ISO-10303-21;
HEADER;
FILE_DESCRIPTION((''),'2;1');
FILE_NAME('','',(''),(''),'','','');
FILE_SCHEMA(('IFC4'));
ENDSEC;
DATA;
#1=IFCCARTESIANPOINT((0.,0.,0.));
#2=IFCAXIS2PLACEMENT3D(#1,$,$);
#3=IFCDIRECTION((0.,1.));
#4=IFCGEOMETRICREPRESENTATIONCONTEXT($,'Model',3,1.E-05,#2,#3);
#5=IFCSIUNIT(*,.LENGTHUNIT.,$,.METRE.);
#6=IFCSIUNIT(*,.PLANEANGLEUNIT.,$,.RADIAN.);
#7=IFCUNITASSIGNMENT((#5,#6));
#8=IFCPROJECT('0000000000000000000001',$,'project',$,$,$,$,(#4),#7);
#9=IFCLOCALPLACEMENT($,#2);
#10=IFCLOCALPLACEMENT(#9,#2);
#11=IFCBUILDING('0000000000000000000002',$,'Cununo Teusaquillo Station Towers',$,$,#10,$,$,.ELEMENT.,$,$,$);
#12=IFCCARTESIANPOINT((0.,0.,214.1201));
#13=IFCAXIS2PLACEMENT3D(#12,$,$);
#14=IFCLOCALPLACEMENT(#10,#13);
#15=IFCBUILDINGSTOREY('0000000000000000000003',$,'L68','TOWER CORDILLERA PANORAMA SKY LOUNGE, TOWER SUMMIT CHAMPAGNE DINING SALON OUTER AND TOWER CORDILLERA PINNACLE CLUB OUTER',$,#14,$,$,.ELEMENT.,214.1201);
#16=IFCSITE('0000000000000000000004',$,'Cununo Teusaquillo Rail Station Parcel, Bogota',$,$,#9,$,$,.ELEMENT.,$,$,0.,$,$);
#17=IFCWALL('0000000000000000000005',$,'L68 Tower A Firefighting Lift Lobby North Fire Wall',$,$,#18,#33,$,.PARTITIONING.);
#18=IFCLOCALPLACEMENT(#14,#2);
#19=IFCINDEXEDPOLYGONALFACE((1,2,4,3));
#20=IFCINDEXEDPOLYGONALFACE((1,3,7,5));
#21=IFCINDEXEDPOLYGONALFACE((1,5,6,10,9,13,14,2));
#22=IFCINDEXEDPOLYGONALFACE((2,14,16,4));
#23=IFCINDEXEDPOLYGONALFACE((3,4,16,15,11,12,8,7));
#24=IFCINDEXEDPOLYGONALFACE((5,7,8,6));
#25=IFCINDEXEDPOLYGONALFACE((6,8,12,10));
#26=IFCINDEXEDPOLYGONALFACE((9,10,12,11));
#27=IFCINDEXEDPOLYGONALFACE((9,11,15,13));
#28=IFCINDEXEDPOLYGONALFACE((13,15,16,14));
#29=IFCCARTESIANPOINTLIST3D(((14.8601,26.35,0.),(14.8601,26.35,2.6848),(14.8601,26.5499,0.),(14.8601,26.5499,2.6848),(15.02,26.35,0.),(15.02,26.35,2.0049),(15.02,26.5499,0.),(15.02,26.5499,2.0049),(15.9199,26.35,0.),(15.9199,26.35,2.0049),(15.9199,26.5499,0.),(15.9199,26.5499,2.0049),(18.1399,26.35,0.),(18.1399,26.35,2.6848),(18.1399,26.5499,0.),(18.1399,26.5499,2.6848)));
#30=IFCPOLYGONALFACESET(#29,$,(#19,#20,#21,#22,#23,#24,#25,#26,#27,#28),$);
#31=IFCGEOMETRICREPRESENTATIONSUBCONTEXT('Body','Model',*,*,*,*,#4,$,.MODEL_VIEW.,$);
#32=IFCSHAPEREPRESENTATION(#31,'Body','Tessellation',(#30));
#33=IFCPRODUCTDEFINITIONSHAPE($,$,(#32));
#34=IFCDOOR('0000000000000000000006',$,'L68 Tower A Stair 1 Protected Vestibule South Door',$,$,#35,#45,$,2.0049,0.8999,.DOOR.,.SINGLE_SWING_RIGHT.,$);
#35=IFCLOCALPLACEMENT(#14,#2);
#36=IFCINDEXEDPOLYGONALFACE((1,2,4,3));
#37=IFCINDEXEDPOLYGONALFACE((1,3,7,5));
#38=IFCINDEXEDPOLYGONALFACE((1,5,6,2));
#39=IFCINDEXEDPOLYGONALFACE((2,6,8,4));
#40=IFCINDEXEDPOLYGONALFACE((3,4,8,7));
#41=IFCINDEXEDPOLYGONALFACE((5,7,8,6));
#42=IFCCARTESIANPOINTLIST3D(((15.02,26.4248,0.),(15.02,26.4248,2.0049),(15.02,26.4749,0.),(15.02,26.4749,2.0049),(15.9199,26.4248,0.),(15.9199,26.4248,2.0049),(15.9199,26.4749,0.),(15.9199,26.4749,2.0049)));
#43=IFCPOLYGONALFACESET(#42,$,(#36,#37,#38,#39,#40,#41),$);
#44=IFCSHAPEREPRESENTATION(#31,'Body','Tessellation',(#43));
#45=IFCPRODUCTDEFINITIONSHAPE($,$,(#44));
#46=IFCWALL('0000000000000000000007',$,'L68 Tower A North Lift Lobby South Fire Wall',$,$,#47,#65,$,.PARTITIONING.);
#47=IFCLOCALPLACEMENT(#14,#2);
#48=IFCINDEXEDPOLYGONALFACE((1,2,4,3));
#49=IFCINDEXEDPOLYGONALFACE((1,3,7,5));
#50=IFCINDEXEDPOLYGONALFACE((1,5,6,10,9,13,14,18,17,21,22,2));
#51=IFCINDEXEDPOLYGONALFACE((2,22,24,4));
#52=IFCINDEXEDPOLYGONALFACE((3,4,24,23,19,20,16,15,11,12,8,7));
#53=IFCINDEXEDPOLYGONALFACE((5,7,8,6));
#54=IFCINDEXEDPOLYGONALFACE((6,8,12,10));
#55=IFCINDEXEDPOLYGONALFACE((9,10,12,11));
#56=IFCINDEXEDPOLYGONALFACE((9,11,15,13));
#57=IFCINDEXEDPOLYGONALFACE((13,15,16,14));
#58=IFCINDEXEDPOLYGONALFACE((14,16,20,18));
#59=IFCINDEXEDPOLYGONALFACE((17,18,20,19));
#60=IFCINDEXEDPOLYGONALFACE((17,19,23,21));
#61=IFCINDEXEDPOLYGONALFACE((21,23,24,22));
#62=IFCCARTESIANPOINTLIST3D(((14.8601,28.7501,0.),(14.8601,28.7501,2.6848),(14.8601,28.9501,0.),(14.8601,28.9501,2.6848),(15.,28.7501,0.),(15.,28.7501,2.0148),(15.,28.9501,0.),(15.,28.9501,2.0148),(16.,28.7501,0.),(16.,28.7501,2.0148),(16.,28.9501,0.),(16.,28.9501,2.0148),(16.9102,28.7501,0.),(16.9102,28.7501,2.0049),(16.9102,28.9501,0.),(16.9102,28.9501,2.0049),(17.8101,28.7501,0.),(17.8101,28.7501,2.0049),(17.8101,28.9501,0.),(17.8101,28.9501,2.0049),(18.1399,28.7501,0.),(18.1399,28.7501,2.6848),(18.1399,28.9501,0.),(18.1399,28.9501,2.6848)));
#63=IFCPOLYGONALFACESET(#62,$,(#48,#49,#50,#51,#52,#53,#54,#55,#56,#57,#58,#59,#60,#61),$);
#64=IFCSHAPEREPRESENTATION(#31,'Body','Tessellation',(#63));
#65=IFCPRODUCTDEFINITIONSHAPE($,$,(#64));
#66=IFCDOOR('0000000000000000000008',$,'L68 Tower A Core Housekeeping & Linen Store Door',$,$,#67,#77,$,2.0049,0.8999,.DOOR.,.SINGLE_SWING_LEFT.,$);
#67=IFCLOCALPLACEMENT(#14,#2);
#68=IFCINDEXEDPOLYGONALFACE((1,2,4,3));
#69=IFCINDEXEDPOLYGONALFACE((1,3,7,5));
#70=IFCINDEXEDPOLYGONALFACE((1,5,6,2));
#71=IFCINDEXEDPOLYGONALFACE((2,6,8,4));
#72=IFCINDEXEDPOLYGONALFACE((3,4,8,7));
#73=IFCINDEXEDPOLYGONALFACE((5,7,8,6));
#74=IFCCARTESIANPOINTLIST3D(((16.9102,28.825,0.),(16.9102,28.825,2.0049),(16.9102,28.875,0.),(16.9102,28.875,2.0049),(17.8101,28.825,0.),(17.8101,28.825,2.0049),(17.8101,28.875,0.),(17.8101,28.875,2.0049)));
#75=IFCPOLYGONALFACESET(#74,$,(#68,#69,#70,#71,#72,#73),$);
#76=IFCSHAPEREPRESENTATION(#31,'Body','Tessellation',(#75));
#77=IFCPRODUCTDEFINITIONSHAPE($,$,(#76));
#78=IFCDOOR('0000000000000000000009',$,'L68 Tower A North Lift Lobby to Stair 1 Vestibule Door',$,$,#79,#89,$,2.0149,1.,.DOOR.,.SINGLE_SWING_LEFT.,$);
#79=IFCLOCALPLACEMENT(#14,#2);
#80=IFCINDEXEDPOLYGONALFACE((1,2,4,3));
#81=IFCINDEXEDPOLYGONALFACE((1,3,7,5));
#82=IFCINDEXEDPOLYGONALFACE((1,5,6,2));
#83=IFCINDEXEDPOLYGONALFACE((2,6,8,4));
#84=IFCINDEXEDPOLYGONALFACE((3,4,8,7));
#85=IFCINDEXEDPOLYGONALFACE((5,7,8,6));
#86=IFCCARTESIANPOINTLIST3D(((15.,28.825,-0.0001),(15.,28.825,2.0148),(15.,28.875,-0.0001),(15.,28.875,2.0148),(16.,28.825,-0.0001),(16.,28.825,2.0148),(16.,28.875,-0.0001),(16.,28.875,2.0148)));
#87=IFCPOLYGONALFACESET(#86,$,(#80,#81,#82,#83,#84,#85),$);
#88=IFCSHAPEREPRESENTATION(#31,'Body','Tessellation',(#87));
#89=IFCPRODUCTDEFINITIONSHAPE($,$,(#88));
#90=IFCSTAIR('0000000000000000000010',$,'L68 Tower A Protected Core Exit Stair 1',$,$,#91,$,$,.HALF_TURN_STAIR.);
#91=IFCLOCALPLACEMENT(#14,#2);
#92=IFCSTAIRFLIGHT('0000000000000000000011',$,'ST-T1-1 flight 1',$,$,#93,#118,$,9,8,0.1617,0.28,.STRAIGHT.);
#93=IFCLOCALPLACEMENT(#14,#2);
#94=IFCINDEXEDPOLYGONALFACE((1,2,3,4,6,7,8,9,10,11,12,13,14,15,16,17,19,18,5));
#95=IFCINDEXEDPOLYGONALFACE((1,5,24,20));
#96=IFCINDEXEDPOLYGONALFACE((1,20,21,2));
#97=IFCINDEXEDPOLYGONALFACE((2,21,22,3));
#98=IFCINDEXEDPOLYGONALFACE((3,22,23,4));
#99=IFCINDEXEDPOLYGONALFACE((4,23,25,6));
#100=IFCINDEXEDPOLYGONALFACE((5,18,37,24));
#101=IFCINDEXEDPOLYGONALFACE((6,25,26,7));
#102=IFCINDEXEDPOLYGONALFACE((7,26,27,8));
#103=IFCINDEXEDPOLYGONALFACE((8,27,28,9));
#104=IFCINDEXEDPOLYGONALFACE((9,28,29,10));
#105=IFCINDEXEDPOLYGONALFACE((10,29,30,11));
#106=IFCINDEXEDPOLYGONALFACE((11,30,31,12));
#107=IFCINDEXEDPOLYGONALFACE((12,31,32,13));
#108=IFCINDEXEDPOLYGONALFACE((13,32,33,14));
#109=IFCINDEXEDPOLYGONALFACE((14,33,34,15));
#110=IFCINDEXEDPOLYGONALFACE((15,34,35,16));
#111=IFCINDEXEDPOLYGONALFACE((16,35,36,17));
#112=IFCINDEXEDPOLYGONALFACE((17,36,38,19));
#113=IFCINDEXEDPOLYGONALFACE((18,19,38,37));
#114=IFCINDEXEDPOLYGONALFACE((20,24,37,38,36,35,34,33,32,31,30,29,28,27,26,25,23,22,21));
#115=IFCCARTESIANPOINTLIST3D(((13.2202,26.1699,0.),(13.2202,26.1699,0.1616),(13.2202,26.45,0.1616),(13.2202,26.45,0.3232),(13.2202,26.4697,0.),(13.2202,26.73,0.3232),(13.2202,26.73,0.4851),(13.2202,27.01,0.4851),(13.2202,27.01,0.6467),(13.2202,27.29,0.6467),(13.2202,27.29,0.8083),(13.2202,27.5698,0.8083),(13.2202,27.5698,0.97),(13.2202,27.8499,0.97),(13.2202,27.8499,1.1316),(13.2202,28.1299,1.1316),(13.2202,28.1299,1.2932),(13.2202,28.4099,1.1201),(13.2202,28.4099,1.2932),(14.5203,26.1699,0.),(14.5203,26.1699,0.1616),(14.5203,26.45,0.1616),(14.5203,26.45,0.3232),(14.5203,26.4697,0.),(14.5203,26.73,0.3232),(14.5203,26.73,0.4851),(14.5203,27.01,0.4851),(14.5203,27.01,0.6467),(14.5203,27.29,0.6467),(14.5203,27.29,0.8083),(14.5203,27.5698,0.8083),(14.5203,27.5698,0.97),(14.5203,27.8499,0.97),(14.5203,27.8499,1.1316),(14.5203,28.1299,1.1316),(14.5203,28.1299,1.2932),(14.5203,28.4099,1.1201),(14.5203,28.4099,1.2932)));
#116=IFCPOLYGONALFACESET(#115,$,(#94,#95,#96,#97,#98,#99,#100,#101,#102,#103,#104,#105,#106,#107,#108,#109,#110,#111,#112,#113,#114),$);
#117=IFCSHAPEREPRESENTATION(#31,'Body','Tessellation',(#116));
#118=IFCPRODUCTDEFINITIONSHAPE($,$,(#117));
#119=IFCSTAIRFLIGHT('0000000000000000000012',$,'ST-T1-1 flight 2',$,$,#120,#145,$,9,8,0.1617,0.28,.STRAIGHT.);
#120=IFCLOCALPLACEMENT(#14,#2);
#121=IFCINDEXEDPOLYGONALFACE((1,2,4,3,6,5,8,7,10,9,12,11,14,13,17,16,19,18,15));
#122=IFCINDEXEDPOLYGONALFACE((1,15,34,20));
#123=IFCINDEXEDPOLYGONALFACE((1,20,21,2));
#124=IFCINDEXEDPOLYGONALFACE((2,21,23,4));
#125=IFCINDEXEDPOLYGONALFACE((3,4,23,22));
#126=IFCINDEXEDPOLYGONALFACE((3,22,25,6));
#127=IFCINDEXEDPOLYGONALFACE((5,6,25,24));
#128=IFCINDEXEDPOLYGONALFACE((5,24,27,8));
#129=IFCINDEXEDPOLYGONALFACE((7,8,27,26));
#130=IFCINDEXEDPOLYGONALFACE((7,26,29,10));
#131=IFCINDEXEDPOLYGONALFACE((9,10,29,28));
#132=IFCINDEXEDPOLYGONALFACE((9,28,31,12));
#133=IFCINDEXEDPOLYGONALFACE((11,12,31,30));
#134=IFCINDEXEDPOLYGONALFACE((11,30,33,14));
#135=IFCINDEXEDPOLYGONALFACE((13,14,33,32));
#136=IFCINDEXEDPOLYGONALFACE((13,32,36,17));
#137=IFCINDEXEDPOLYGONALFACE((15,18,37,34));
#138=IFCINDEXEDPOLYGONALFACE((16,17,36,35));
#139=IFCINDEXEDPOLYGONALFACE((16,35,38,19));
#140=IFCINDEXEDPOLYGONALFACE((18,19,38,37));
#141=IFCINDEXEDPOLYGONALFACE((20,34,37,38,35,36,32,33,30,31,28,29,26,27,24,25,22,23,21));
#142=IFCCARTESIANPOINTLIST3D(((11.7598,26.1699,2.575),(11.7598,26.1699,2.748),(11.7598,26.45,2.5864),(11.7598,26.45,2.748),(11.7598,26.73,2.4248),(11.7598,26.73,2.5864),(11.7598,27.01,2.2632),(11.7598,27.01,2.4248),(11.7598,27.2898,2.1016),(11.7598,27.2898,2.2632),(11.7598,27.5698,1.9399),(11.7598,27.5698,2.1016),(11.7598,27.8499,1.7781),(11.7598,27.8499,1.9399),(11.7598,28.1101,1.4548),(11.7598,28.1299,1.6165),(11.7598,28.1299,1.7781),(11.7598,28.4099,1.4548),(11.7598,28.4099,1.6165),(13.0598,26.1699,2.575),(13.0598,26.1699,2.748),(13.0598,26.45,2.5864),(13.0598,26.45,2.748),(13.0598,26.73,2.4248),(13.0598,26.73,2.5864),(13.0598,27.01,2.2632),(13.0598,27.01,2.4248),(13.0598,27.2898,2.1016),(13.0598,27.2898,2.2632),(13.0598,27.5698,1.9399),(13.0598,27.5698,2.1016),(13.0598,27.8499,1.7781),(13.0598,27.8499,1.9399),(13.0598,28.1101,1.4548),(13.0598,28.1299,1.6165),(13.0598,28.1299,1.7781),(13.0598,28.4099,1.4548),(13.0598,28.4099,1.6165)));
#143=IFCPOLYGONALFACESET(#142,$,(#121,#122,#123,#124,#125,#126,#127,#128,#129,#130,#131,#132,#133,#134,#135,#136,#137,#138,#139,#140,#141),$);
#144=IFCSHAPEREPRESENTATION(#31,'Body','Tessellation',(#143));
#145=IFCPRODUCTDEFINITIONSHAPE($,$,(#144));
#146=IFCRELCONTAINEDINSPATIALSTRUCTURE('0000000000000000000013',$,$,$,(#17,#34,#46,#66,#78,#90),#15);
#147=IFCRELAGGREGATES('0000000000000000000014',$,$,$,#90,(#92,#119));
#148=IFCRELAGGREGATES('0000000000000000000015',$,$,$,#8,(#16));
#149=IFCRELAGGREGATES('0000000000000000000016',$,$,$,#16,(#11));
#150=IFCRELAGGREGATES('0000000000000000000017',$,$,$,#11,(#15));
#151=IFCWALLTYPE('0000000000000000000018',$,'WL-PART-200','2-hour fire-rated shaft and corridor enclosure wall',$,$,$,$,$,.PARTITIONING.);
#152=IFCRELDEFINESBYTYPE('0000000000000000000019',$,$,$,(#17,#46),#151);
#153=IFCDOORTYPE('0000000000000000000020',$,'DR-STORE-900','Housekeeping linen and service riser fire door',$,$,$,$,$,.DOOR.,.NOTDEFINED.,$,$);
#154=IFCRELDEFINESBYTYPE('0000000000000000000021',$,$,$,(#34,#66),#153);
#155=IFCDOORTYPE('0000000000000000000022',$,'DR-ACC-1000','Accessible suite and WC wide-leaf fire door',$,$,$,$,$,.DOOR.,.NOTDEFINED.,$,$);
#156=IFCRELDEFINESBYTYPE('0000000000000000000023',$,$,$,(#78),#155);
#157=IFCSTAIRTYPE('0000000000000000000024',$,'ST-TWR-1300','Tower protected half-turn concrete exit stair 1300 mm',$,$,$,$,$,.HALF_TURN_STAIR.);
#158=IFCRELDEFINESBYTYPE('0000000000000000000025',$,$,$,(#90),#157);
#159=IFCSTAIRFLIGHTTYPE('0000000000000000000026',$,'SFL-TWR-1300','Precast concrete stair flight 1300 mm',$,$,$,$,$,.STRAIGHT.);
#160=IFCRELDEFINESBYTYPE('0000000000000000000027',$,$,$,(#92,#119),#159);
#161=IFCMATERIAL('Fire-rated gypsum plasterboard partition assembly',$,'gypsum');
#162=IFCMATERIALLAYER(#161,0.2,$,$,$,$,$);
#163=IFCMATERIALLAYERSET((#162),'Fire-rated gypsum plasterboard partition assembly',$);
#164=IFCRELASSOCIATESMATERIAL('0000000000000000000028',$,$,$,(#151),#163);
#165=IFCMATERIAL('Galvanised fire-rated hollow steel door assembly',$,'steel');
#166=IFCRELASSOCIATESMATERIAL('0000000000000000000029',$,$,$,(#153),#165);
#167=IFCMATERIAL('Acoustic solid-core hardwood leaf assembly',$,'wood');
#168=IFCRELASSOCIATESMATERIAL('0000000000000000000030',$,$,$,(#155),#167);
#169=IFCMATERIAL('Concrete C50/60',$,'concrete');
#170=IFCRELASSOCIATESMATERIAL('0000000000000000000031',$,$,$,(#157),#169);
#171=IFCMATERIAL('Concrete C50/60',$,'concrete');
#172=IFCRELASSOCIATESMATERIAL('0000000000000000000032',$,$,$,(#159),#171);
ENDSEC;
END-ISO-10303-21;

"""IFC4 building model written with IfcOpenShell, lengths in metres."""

from ifc_helpers import new_model, si_unit, direction, frame, frame_2d, origin, place, context, subcontext, project, spatial, polyline, rectangle, outline, extrude, source, transform, mapped, material, layer, layer_set, type_object, element, fill, aggregate, save


model = new_model("IFC4")

# Units and contexts
model_context = context("Model", 3, precision=1e-05, world=origin(), true_north=direction((0.0, 1.0)))
body_context = subcontext(model_context, "Body", "Model", "MODEL_VIEW")
ifc_project = project(units=[si_unit("LENGTHUNIT", "METRE"), si_unit("PLANEANGLEUNIT", "RADIAN")], contexts=[model_context])

# Site, building, storey
site_placement = place(None, origin())
site = spatial("IfcSite", under=ifc_project, at=site_placement, Name="Cununo Teusaquillo Rail Station Parcel, Bogota", CompositionType="ELEMENT", RefElevation=0.0)
building_placement = place(site_placement, origin())
building = spatial("IfcBuilding", under=site, at=building_placement, Name="Cununo Teusaquillo Station Towers", CompositionType="ELEMENT")
storey_placement = place(building_placement, frame((0.0, 0.0, 214.1201)))
storey = spatial("IfcBuildingStorey", under=building, at=storey_placement, Name="L68", Description="TOWER CORDILLERA PANORAMA SKY LOUNGE, TOWER SUMMIT CHAMPAGNE DINING SALON OUTER AND TOWER CORDILLERA PINNACLE CLUB OUTER", CompositionType="ELEMENT", Elevation=214.1201)

# Shared definitions
shared_shape_1 = source(origin(), body_context, "Body", "SweptSolid", [
    extrude(rectangle(XDim=0.8999, YDim=2.0049, at=frame_2d((0.45, 1.0024))), frame((0.0, 0.0249, 0.0), z_axis=(0.0, -1.0, 0.0), x_axis=(1.0, 0.0, 0.0)), (0.0, 0.0, 1.0), 0.05),
])

# Wall, opening, door
ifc_material_1 = material(Name="Fire-rated gypsum plasterboard partition assembly", Category="gypsum")
ifc_layer_1 = layer(ifc_material_1, 0.2)
ifc_layer_set_1 = layer_set([ifc_layer_1], Name="Fire-rated gypsum plasterboard partition assembly")
wall_type_1 = type_object("IfcWallType", Name="WL-PART-200", Description="2-hour fire-rated shaft and corridor enclosure wall", PredefinedType="PARTITIONING", material=ifc_layer_set_1)
wall_1_placement = place(storey_placement, frame((14.8601, 26.45, 0.0), z_axis=(0.0, 0.0, 1.0), x_axis=(1.0, 0.0, 0.0)))
wall_1 = element("IfcWall", 1, at=wall_1_placement, inside=storey, type_object=wall_type_1, Name="L68 Tower A Firefighting Lift Lobby North Fire Wall", PredefinedType="PARTITIONING", context=body_context, shape_type="SweptSolid", body=[
    extrude(rectangle(XDim=3.2798, YDim=0.2, at=frame_2d((1.6399, 0.0))), origin(), (0.0, 0.0, 1.0), 2.6848),
])
shared_shape_2 = source(origin(), body_context, "Body", "SweptSolid", [
    extrude(rectangle(XDim=0.8999, YDim=2.0049, at=frame_2d((0.45, 1.0024))), frame((0.0, 0.1099, 0.0), z_axis=(0.0, -1.0, 0.0), x_axis=(1.0, 0.0, 0.0)), (0.0, 0.0, 1.0), 0.22),
])
opening_1_placement = place(wall_1_placement, frame((0.1599, 0.0, 0.0)))
opening_1 = element("IfcOpeningElement", 2, at=opening_1_placement, cuts=wall_1, PredefinedType="OPENING", context=body_context, shape_type="MappedRepresentation", body=[
    mapped(shared_shape_2, transform((0.0, 0.0, 0.0), x_axis=(1.0, 0.0, 0.0), y_axis=(0.0, 1.0, 0.0), z_axis=(0.0, 0.0, 1.0), scale=1.0)),
])
ifc_material_2 = material(Name="Galvanised fire-rated hollow steel door assembly", Category="steel")
door_type_1 = type_object("IfcDoorType", Name="DR-STORE-900", Description="Housekeeping linen and service riser fire door", OperationType="NOTDEFINED", PredefinedType="DOOR", material=ifc_material_2)
door_1_placement = place(opening_1_placement, origin())
door_1 = element("IfcDoor", 3, at=door_1_placement, inside=storey, type_object=door_type_1, Name="L68 Tower A Stair 1 Protected Vestibule South Door", OperationType="SINGLE_SWING_RIGHT", OverallHeight=2.0049, OverallWidth=0.8999, PredefinedType="DOOR", context=body_context, shape_type="MappedRepresentation", body=[
    mapped(shared_shape_1, transform((0.0, 0.0, 0.0), x_axis=(1.0, 0.0, 0.0), y_axis=(0.0, 1.0, 0.0), z_axis=(0.0, 0.0, 1.0), scale=1.0)),
])
fill(opening_1, door_1)

# Wall, openings, doors
wall_2_placement = place(storey_placement, frame((14.8601, 28.8501, 0.0), z_axis=(0.0, 0.0, 1.0), x_axis=(1.0, 0.0, 0.0)))
wall_2 = element("IfcWall", 4, at=wall_2_placement, inside=storey, type_object=wall_type_1, Name="L68 Tower A North Lift Lobby South Fire Wall", PredefinedType="PARTITIONING", context=body_context, shape_type="SweptSolid", body=[
    extrude(rectangle(XDim=3.2798, YDim=0.2, at=frame_2d((1.6399, 0.0))), origin(), (0.0, 0.0, 1.0), 2.6848),
])
shared_shape_3 = source(origin(), body_context, "Body", "SweptSolid", [
    extrude(rectangle(XDim=1.0, YDim=2.0149, at=frame_2d((0.5, 1.0073))), frame((0.0, 0.1099, 0.0), z_axis=(0.0, -1.0, 0.0), x_axis=(1.0, 0.0, 0.0)), (0.0, 0.0, 1.0), 0.22),
])
opening_2_placement = place(wall_2_placement, frame((0.1399, 0.0, 0.0)))
opening_2 = element("IfcOpeningElement", 5, at=opening_2_placement, cuts=wall_2, PredefinedType="OPENING", context=body_context, shape_type="MappedRepresentation", body=[
    mapped(shared_shape_3, transform((0.0, 0.0, 0.0), x_axis=(1.0, 0.0, 0.0), y_axis=(0.0, 1.0, 0.0), z_axis=(0.0, 0.0, 1.0), scale=1.0)),
])
opening_3_placement = place(wall_2_placement, frame((2.05, 0.0, 0.0)))
opening_3 = element("IfcOpeningElement", 6, at=opening_3_placement, cuts=wall_2, PredefinedType="OPENING", context=body_context, shape_type="MappedRepresentation", body=[
    mapped(shared_shape_2, transform((0.0, 0.0, 0.0), x_axis=(1.0, 0.0, 0.0), y_axis=(0.0, 1.0, 0.0), z_axis=(0.0, 0.0, 1.0), scale=1.0)),
])
door_2_placement = place(opening_3_placement, origin())
door_2 = element("IfcDoor", 7, at=door_2_placement, inside=storey, type_object=door_type_1, Name="L68 Tower A Core Housekeeping & Linen Store Door", OperationType="SINGLE_SWING_LEFT", OverallHeight=2.0049, OverallWidth=0.8999, PredefinedType="DOOR", context=body_context, shape_type="MappedRepresentation", body=[
    mapped(shared_shape_1, transform((0.0, 0.0, 0.0), x_axis=(1.0, 0.0, 0.0), y_axis=(0.0, 1.0, 0.0), z_axis=(0.0, 0.0, 1.0), scale=1.0)),
])
fill(opening_3, door_2)
ifc_material_3 = material(Name="Acoustic solid-core hardwood leaf assembly", Category="wood")
door_type_2 = type_object("IfcDoorType", Name="DR-ACC-1000", Description="Accessible suite and WC wide-leaf fire door", OperationType="NOTDEFINED", PredefinedType="DOOR", material=ifc_material_3)
shared_shape_4 = source(origin(), body_context, "Body", "SweptSolid", [
    extrude(rectangle(XDim=1.0, YDim=2.0149, at=frame_2d((0.5, 1.0073))), frame((0.0, 0.0249, 0.0), z_axis=(0.0, -1.0, 0.0), x_axis=(1.0, 0.0, 0.0)), (0.0, 0.0, 1.0), 0.05),
])
door_3_placement = place(opening_2_placement, origin())
door_3 = element("IfcDoor", 8, at=door_3_placement, inside=storey, type_object=door_type_2, Name="L68 Tower A North Lift Lobby to Stair 1 Vestibule Door", OperationType="SINGLE_SWING_LEFT", OverallHeight=2.0149, OverallWidth=1.0, PredefinedType="DOOR", context=body_context, shape_type="MappedRepresentation", body=[
    mapped(shared_shape_4, transform((0.0, 0.0, 0.0), x_axis=(1.0, 0.0, 0.0), y_axis=(0.0, 1.0, 0.0), z_axis=(0.0, 0.0, 1.0), scale=1.0)),
])
fill(opening_2, door_3)

# Stair, stair flights
ifc_material_4 = material(Name="Concrete C50/60", Category="concrete")
stair_type = type_object("IfcStairType", Name="ST-TWR-1300", Description="Tower protected half-turn concrete exit stair 1300 mm", PredefinedType="HALF_TURN_STAIR", material=ifc_material_4)
stair_placement = place(storey_placement, origin())
stair = element("IfcStair", 9, at=stair_placement, inside=storey, type_object=stair_type, Name="L68 Tower A Protected Core Exit Stair 1", PredefinedType="HALF_TURN_STAIR")
ifc_material_5 = material(Name="Concrete C50/60", Category="concrete")
stair_flight_type = type_object("IfcStairFlightType", Name="SFL-TWR-1300", Description="Precast concrete stair flight 1300 mm", PredefinedType="STRAIGHT", material=ifc_material_5)
stair_flight_1_placement = place(storey_placement, frame((13.8701, 26.1699, 0.0), z_axis=(0.0, 0.0, 1.0), x_axis=(0.0, 1.0, 0.0)))
stair_flight_1 = element("IfcStairFlight", 10, at=stair_flight_1_placement, type_object=stair_flight_type, Name="ST-T1-1 flight 1", NumberOfRisers=9, NumberOfTreads=8, PredefinedType="STRAIGHT", RiserHeight=0.1617, TreadLength=0.28, context=body_context, shape_type="SweptSolid", body=[
    extrude(outline(polyline([(0.0, 0.0), (0.0, 0.1616), (0.28, 0.1616), (0.28, 0.3232), (0.5601, 0.3232), (0.5601, 0.4851), (0.8401, 0.4851), (0.8401, 0.6467), (1.1201, 0.6467), (1.1201, 0.8083), (1.3999, 0.8083), (1.3999, 0.97), (1.6799, 0.97), (1.6799, 1.1316), (1.96, 1.1316), (1.96, 1.2932), (2.24, 1.2932), (2.24, 1.4551), (2.24, 1.1201), (0.2998, 0.0), (0.0, 0.0)])), frame((0.0, 0.6499, 0.0), z_axis=(0.0, -1.0, 0.0), x_axis=(1.0, 0.0, 0.0)), (0.0, 0.0, 1.0), 1.3),
])
stair_flight_2_placement = place(storey_placement, frame((12.4099, 28.4099, 1.4548), z_axis=(0.0, 0.0, 1.0), x_axis=(0.0, -1.0, 0.0)))
stair_flight_2 = element("IfcStairFlight", 11, at=stair_flight_2_placement, type_object=stair_flight_type, Name="ST-T1-1 flight 2", NumberOfRisers=9, NumberOfTreads=8, PredefinedType="STRAIGHT", RiserHeight=0.1617, TreadLength=0.28, context=body_context, shape_type="SweptSolid", body=[
    extrude(outline(polyline([(0.0, 0.0), (0.0, 0.1616), (0.28, 0.1616), (0.28, 0.3232), (0.5601, 0.3232), (0.5601, 0.4851), (0.8401, 0.4851), (0.8401, 0.6467), (1.1201, 0.6467), (1.1201, 0.8083), (1.3999, 0.8083), (1.3999, 0.97), (1.6799, 0.97), (1.6799, 1.1316), (1.96, 1.1316), (1.96, 1.2932), (2.24, 1.2932), (2.24, 1.4551), (2.24, 1.1201), (0.2998, 0.0), (0.0, 0.0)])), frame((0.0, 0.6499, 0.0), z_axis=(0.0, -1.0, 0.0), x_axis=(1.0, 0.0, 0.0)), (0.0, 0.0, 1.0), 1.3),
])
aggregate(stair, [stair_flight_1, stair_flight_2])

save(model, "model.ifc")
